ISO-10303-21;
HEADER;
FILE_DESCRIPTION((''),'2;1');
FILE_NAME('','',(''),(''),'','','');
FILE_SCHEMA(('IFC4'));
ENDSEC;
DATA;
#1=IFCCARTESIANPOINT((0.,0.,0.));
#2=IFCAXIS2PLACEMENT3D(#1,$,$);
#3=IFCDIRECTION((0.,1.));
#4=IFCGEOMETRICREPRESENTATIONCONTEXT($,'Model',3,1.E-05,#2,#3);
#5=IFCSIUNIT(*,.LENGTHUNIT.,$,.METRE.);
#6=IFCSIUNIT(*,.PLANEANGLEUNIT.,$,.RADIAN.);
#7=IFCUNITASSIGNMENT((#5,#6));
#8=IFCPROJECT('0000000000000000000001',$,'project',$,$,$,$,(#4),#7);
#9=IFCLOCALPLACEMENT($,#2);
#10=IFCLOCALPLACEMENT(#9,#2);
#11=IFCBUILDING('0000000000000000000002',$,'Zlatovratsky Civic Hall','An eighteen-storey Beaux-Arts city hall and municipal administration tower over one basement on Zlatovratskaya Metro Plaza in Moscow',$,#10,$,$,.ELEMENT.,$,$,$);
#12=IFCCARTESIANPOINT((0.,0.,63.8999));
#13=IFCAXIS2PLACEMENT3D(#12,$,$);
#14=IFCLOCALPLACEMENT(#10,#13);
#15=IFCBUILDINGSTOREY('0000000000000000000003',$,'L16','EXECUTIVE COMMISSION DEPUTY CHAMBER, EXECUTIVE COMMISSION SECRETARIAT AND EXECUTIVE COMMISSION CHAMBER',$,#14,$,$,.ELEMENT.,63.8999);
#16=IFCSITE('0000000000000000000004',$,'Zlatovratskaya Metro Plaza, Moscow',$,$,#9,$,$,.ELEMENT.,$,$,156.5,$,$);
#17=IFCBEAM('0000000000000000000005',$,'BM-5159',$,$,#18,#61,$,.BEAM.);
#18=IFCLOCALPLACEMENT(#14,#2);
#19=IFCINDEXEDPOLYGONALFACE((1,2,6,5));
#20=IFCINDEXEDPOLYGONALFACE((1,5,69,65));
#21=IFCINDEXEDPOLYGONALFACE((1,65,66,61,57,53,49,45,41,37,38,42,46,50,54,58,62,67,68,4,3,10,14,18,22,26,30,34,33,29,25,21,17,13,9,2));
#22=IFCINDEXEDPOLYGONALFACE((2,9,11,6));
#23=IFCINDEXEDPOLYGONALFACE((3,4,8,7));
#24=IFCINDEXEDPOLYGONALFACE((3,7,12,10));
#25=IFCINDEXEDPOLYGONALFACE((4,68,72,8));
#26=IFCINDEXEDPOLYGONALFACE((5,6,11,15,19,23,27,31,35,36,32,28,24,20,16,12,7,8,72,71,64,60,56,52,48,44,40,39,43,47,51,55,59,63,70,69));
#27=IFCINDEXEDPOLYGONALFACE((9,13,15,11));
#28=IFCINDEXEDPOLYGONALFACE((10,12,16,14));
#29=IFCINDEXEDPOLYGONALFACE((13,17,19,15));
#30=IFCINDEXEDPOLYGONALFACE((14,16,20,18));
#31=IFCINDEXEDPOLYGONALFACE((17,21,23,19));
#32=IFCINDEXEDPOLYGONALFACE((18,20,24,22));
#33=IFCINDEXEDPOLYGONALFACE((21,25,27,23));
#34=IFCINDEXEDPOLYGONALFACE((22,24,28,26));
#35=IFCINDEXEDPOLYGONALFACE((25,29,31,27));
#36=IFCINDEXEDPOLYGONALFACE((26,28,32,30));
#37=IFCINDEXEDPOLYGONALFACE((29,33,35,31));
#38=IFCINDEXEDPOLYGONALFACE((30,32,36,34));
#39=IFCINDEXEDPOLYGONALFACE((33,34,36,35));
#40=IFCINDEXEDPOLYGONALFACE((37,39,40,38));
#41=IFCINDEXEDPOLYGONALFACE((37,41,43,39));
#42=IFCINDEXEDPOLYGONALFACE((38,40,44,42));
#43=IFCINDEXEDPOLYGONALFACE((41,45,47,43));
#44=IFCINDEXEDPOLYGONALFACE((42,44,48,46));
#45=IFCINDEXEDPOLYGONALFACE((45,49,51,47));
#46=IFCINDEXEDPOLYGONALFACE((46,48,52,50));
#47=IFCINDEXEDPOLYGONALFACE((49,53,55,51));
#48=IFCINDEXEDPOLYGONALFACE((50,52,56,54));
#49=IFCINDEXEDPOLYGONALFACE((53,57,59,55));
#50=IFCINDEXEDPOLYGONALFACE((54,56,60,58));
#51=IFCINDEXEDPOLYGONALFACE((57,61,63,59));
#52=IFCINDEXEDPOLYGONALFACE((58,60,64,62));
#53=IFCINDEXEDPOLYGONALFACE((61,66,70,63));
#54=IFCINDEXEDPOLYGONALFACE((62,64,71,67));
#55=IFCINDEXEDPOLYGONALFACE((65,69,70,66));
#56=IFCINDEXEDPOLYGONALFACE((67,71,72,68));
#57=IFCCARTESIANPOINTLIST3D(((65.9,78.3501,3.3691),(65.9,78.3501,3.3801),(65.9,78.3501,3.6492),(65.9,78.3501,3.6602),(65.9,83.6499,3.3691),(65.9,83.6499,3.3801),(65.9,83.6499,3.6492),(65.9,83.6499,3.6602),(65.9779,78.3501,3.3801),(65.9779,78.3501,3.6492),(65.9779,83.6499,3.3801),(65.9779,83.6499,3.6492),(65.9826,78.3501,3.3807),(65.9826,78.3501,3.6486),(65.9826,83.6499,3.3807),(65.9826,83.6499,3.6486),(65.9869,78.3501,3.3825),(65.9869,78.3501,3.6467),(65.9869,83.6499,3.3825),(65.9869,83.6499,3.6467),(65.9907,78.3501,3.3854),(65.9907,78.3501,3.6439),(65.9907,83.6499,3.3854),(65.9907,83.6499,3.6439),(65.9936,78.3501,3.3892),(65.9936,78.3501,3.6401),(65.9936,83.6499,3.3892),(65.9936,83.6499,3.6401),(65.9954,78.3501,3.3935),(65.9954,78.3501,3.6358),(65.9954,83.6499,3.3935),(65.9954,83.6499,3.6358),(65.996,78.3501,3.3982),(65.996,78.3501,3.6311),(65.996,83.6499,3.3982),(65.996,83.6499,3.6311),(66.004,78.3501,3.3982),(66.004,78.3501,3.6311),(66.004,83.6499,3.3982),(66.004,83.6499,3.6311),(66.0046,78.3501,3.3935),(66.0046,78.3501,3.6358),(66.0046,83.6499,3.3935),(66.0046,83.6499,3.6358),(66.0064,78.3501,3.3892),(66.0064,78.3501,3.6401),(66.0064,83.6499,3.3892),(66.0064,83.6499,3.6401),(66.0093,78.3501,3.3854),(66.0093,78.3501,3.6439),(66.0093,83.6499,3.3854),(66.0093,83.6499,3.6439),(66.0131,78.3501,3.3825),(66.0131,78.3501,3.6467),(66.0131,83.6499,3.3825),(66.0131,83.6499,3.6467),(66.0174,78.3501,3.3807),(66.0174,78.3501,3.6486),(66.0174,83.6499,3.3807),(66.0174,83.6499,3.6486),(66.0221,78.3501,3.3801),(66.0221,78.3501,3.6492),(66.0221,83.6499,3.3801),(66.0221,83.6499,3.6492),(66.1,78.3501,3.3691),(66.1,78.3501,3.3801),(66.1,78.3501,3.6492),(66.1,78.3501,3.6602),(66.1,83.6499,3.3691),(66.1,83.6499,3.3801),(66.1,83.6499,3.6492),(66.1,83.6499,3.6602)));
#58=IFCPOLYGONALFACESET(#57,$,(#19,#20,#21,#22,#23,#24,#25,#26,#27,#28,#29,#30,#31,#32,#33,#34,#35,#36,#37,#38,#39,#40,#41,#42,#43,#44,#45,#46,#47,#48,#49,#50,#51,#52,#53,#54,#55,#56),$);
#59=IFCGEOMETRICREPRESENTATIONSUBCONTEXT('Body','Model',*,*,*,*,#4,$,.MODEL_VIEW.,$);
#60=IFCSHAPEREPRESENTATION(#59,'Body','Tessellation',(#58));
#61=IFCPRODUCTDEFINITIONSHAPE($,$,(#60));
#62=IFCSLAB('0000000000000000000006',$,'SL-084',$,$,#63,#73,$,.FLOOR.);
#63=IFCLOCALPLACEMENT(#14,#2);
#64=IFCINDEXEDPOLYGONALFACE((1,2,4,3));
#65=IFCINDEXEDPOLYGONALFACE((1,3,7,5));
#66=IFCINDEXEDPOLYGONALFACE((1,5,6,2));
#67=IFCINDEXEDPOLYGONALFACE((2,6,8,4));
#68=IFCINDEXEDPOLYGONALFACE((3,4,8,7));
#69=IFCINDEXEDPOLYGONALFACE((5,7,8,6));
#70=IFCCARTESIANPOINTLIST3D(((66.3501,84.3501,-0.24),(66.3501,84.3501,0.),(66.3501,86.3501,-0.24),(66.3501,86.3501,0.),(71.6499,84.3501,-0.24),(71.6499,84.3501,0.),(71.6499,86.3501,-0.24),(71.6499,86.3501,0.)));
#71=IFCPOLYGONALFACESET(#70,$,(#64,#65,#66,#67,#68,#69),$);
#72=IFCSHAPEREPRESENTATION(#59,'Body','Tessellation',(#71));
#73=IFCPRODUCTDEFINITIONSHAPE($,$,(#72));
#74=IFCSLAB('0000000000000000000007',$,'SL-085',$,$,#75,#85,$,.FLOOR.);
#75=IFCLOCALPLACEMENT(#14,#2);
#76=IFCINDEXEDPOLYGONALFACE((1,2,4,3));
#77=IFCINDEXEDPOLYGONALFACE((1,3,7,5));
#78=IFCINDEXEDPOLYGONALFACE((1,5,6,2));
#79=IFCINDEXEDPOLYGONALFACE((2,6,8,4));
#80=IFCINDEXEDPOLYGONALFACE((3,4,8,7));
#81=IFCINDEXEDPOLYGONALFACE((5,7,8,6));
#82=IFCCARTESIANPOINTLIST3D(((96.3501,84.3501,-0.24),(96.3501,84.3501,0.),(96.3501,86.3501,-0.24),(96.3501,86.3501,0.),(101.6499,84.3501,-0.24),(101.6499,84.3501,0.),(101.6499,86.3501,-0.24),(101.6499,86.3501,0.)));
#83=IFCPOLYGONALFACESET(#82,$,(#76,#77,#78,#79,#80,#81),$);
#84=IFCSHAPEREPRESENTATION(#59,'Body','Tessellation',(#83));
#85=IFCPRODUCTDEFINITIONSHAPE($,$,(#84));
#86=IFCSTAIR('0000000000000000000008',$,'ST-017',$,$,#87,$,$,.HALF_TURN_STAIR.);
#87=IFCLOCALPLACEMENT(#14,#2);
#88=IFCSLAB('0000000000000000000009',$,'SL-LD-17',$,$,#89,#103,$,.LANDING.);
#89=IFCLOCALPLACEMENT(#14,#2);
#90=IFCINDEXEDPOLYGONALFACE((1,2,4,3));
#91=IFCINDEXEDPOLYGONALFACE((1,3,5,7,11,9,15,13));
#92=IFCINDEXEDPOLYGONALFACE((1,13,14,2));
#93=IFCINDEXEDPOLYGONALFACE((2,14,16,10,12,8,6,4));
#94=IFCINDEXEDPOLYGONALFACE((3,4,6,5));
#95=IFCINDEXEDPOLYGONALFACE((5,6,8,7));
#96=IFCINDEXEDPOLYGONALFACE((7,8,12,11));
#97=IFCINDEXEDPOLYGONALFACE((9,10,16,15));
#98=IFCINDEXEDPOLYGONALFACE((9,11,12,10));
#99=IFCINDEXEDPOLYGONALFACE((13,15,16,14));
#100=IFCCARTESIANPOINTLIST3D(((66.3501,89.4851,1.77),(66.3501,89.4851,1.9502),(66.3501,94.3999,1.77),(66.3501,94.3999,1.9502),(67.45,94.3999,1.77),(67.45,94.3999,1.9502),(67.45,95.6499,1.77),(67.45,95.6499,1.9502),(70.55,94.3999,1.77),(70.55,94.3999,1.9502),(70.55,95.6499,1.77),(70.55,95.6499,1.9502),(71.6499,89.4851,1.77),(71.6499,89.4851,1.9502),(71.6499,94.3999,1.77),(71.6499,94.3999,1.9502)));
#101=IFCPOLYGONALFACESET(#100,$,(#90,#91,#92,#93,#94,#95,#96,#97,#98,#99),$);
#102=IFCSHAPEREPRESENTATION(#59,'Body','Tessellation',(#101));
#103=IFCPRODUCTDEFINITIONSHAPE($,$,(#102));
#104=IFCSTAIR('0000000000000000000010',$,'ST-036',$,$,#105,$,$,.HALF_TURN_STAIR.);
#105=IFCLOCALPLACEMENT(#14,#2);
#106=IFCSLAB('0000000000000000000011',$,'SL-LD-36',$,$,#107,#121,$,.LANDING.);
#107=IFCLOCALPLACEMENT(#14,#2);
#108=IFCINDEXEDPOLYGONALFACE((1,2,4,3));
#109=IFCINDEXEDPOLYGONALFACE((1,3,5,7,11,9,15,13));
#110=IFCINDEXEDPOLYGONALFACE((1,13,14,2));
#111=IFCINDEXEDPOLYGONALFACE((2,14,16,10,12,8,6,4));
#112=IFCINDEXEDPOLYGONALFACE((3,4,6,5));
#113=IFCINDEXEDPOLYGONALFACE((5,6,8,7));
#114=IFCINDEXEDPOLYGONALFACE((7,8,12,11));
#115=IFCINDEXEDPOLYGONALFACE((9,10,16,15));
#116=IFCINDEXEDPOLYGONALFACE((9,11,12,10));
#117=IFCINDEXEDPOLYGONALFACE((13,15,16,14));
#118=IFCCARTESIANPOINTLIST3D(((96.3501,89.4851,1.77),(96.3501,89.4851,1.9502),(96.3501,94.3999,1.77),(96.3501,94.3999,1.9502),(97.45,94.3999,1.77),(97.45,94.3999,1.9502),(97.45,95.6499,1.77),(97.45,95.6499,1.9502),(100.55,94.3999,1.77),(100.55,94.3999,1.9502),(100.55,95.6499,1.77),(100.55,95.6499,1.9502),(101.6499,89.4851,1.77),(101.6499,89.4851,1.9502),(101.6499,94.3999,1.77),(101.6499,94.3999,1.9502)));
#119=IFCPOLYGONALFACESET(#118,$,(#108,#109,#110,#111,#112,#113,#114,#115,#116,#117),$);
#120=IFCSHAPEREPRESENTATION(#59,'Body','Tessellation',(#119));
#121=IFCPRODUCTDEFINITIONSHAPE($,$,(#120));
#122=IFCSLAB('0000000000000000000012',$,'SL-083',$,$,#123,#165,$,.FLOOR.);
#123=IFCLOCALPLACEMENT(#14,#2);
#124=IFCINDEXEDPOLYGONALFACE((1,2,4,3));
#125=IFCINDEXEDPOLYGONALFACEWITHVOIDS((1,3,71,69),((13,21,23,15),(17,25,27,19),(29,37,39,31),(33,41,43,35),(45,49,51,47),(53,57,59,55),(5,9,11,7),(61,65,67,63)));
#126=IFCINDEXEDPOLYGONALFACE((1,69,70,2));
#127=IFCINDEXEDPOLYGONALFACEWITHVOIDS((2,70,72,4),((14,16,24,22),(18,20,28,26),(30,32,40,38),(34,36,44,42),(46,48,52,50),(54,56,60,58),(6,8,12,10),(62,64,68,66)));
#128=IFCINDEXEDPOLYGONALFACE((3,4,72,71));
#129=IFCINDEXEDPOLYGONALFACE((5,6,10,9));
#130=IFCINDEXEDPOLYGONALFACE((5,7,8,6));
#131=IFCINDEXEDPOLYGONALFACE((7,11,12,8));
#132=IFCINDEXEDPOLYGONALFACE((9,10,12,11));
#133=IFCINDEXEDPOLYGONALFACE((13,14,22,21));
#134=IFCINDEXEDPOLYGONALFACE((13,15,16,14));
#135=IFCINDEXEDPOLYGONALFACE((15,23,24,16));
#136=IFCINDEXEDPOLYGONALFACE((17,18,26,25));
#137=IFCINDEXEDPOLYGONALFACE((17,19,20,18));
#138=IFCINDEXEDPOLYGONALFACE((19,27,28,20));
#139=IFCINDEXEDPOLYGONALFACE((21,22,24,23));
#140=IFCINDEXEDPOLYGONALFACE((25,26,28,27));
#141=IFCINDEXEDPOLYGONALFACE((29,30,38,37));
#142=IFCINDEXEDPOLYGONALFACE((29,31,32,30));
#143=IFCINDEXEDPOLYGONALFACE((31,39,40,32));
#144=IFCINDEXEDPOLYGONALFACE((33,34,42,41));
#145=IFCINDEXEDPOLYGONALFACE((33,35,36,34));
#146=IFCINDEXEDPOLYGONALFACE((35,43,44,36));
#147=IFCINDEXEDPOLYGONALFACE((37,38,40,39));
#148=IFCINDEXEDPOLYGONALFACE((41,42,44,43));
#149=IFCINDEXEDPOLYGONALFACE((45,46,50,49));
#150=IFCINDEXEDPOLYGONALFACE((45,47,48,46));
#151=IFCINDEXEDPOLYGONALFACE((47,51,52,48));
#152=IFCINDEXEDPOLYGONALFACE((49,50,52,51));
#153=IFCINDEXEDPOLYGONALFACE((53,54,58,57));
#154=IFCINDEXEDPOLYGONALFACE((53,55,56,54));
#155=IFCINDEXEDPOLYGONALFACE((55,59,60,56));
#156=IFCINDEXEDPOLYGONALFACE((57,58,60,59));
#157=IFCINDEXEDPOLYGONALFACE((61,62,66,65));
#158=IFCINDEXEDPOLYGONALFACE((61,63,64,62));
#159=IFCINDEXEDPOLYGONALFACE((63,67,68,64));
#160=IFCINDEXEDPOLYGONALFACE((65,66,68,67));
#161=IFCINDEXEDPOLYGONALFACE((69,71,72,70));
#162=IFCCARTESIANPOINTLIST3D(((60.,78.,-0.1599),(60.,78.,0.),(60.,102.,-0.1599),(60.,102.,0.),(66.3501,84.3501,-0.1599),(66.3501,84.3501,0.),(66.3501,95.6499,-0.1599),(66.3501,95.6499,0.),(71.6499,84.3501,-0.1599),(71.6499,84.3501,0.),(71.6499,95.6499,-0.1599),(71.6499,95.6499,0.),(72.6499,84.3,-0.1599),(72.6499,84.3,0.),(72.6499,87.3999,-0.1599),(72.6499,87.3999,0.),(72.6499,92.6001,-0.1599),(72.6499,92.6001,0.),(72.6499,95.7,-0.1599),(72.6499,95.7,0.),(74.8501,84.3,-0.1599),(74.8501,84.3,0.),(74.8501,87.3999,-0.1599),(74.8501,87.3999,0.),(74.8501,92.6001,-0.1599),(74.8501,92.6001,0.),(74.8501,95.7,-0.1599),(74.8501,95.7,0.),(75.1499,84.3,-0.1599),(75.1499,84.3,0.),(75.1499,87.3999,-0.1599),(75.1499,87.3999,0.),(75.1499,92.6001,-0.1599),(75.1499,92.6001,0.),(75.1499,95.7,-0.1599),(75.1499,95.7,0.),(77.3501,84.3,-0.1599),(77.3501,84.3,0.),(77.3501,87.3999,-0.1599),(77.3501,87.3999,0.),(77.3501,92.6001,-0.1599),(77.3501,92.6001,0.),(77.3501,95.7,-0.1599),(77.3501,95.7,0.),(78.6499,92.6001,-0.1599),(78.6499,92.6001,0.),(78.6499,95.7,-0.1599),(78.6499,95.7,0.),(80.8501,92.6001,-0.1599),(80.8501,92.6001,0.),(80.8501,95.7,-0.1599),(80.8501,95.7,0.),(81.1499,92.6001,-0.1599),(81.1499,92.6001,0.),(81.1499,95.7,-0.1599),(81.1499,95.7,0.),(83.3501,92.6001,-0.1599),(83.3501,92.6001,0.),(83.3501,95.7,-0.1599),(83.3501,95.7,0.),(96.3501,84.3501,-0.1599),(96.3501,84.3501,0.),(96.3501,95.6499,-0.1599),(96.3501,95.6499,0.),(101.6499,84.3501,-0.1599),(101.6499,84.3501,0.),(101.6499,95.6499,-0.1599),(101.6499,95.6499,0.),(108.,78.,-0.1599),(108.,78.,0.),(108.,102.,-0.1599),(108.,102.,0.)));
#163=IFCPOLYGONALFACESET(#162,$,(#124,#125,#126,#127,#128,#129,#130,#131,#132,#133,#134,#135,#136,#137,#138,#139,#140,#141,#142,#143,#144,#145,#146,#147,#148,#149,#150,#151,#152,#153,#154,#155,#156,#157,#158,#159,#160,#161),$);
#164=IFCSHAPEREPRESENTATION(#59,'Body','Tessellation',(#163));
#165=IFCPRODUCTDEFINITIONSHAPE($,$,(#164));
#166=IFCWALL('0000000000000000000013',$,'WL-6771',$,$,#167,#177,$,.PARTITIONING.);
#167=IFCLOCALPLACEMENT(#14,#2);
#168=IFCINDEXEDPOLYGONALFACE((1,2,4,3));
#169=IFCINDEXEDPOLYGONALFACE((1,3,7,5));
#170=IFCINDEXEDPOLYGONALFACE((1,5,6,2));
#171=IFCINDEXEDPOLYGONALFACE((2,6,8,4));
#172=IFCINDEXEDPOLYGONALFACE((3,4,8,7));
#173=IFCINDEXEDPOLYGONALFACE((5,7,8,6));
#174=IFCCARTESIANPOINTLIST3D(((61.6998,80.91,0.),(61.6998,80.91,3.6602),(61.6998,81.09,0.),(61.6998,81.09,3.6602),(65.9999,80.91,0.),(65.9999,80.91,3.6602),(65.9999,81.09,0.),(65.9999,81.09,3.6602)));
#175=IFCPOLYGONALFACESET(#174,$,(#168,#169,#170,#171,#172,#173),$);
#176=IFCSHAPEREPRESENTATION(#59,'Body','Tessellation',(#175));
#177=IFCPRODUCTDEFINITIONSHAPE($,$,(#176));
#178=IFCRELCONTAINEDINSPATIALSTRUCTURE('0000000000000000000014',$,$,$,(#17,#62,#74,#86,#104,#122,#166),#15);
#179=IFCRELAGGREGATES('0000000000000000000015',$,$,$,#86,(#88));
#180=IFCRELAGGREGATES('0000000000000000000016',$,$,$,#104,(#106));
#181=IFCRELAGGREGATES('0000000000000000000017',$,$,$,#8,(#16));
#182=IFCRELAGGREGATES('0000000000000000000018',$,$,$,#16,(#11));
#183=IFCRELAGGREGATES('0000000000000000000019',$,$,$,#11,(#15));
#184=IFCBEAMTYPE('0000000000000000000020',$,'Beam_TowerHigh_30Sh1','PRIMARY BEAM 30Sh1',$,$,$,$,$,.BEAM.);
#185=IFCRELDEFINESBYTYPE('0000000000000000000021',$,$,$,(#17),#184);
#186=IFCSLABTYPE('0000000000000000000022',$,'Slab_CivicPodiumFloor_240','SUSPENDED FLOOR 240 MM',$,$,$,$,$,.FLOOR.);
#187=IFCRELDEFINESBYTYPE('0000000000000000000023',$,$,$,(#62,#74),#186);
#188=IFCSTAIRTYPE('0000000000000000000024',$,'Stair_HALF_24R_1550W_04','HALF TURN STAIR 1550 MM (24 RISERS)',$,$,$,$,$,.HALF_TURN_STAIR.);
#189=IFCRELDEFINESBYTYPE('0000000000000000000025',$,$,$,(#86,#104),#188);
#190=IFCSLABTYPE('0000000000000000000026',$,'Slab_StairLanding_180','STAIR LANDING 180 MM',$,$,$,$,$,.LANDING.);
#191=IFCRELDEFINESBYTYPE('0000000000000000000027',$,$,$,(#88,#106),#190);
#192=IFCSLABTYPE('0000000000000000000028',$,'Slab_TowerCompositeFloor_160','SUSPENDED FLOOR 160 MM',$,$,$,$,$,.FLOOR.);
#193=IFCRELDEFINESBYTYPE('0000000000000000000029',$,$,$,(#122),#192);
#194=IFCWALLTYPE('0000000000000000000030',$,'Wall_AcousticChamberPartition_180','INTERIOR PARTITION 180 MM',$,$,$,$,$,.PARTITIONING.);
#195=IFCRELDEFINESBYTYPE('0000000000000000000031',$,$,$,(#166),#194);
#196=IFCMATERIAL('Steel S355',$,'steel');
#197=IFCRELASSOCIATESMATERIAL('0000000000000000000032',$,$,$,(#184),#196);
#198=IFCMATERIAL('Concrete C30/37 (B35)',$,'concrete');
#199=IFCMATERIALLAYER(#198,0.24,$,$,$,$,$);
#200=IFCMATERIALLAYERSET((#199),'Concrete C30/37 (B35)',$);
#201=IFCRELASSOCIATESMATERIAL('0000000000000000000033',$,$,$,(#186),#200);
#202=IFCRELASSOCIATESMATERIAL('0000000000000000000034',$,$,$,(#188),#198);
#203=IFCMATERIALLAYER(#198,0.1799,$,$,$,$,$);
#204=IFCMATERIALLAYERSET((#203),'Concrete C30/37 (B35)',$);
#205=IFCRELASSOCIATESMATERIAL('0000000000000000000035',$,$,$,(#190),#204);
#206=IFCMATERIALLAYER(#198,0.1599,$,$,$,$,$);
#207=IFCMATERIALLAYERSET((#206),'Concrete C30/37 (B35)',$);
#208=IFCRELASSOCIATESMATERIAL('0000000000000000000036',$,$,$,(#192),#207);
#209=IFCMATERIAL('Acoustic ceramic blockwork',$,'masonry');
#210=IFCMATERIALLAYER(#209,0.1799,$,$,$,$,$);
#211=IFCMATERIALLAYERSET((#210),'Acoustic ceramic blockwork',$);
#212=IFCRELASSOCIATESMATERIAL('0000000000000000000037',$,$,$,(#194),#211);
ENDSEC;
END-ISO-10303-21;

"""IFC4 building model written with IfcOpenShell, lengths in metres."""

from ifc_helpers import new_model, si_unit, direction, frame, frame_2d, origin, origin_2d, place, context, subcontext, project, spatial, polyline, rectangle, i_section, outline, extrude, material, layer, layer_set, material_profile, profile_set, type_object, element, aggregate, save


model = new_model("IFC4")

# Units and contexts
model_context = context("Model", 3, precision=1e-05, world=origin(), true_north=direction((0.0, 1.0)))
body_context = subcontext(model_context, "Body", "Model", "MODEL_VIEW")
ifc_project = project(units=[si_unit("LENGTHUNIT", "METRE"), si_unit("PLANEANGLEUNIT", "RADIAN")], contexts=[model_context])

# Site, building, storey
site_placement = place(None, origin())
site = spatial("IfcSite", under=ifc_project, at=site_placement, Name="Zlatovratskaya Metro Plaza, Moscow", CompositionType="ELEMENT", RefElevation=156.5)
building_placement = place(site_placement, origin())
building = spatial("IfcBuilding", under=site, at=building_placement, Name="Zlatovratsky Civic Hall", Description="An eighteen-storey Beaux-Arts city hall and municipal administration tower over one basement on Zlatovratskaya Metro Plaza in Moscow", CompositionType="ELEMENT")
storey_placement = place(building_placement, frame((0.0, 0.0, 63.8999)))
storey = spatial("IfcBuildingStorey", under=building, at=storey_placement, Name="L16", Description="EXECUTIVE COMMISSION DEPUTY CHAMBER, EXECUTIVE COMMISSION SECRETARIAT AND EXECUTIVE COMMISSION CHAMBER", CompositionType="ELEMENT", Elevation=63.8999)

# Beam
ifc_material_1 = material(Name="Steel S355", Category="steel")
ifc_material_profile_1 = material_profile(ifc_material_1, i_section(OverallWidth=0.2, OverallDepth=0.291, WebThickness=0.0081, FlangeThickness=0.011, FilletRadius=0.0181, at=origin_2d()), Name="30Sh1")
ifc_profile_set_1 = profile_set([ifc_material_profile_1], Name="Steel S355")
beam_type_1 = type_object("IfcBeamType", Name="Beam_TowerHigh_30Sh1", Description="PRIMARY BEAM 30Sh1", PredefinedType="BEAM", material=ifc_profile_set_1)
beam_placement = place(storey_placement, frame((66.0, 78.3501, 3.5146), z_axis=(0.0, 1.0, 0.0), x_axis=(-1.0, 0.0, 0.0)))
element("IfcBeam", 1, at=beam_placement, inside=storey, type_object=beam_type_1, Name="BM-5159", PredefinedType="BEAM", context=body_context, shape_type="SweptSolid", body=[
    extrude(i_section(OverallWidth=0.2, OverallDepth=0.291, WebThickness=0.0081, FlangeThickness=0.011, FilletRadius=0.0181, at=origin_2d()), origin(), (0.0, 0.0, 1.0), 5.2998),
])

# Slabs
ifc_material_2 = material(Name="Concrete C30/37 (B35)", Category="concrete")
ifc_layer_1 = layer(ifc_material_2, 0.24)
ifc_layer_set_1 = layer_set([ifc_layer_1], Name="Concrete C30/37 (B35)")
slab_type_1 = type_object("IfcSlabType", Name="Slab_CivicPodiumFloor_240", Description="SUSPENDED FLOOR 240 MM", PredefinedType="FLOOR", material=ifc_layer_set_1)
slab_1_placement = place(storey_placement, frame((0.0, 0.0, -0.24)))
element("IfcSlab", 2, at=slab_1_placement, inside=storey, type_object=slab_type_1, Name="SL-084", PredefinedType="FLOOR", context=body_context, shape_type="SweptSolid", body=[
    extrude(outline(polyline([(66.3501, 84.3501), (71.6499, 84.3501), (71.6499, 86.3501), (66.3501, 86.3501), (66.3501, 84.3501)])), origin(), (0.0, 0.0, 1.0), 0.24),
])
slab_2_placement = place(storey_placement, frame((0.0, 0.0, -0.24)))
element("IfcSlab", 3, at=slab_2_placement, inside=storey, type_object=slab_type_1, Name="SL-085", PredefinedType="FLOOR", context=body_context, shape_type="SweptSolid", body=[
    extrude(outline(polyline([(96.3501, 84.3501), (101.6499, 84.3501), (101.6499, 86.3501), (96.3501, 86.3501), (96.3501, 84.3501)])), origin(), (0.0, 0.0, 1.0), 0.24),
])

# Stairs, slabs
stair_type = type_object("IfcStairType", Name="Stair_HALF_24R_1550W_04", Description="HALF TURN STAIR 1550 MM (24 RISERS)", PredefinedType="HALF_TURN_STAIR", material=ifc_material_2)
stair_1_placement = place(storey_placement, origin())
stair_1 = element("IfcStair", 4, at=stair_1_placement, inside=storey, type_object=stair_type, Name="ST-017", PredefinedType="HALF_TURN_STAIR")
ifc_layer_2 = layer(ifc_material_2, 0.1799)
ifc_layer_set_2 = layer_set([ifc_layer_2], Name="Concrete C30/37 (B35)")
slab_type_2 = type_object("IfcSlabType", Name="Slab_StairLanding_180", Description="STAIR LANDING 180 MM", PredefinedType="LANDING", material=ifc_layer_set_2)
slab_3_placement = place(storey_placement, frame((0.0, 0.0, 1.77)))
slab_3 = element("IfcSlab", 5, at=slab_3_placement, type_object=slab_type_2, Name="SL-LD-17", PredefinedType="LANDING", context=body_context, shape_type="SweptSolid", body=[
    extrude(outline(polyline([(66.3501, 89.4851), (71.6499, 89.4851), (71.6499, 94.3999), (70.55, 94.3999), (70.55, 95.6499), (67.45, 95.6499), (67.45, 94.3999), (66.3501, 94.3999), (66.3501, 89.4851)])), origin(), (0.0, 0.0, 1.0), 0.1802),
])
aggregate(stair_1, [slab_3])
stair_2_placement = place(storey_placement, origin())
stair_2 = element("IfcStair", 6, at=stair_2_placement, inside=storey, type_object=stair_type, Name="ST-036", PredefinedType="HALF_TURN_STAIR")
slab_4_placement = place(storey_placement, frame((0.0, 0.0, 1.77)))
slab_4 = element("IfcSlab", 7, at=slab_4_placement, type_object=slab_type_2, Name="SL-LD-36", PredefinedType="LANDING", context=body_context, shape_type="SweptSolid", body=[
    extrude(outline(polyline([(96.3501, 89.4851), (101.6499, 89.4851), (101.6499, 94.3999), (100.55, 94.3999), (100.55, 95.6499), (97.45, 95.6499), (97.45, 94.3999), (96.3501, 94.3999), (96.3501, 89.4851)])), origin(), (0.0, 0.0, 1.0), 0.1802),
])
aggregate(stair_2, [slab_4])

# Slab
ifc_layer_3 = layer(ifc_material_2, 0.1599)
ifc_layer_set_3 = layer_set([ifc_layer_3], Name="Concrete C30/37 (B35)")
slab_type_3 = type_object("IfcSlabType", Name="Slab_TowerCompositeFloor_160", Description="SUSPENDED FLOOR 160 MM", PredefinedType="FLOOR", material=ifc_layer_set_3)
slab_5_placement = place(storey_placement, frame((0.0, 0.0, -0.1599)))
element("IfcSlab", 8, at=slab_5_placement, inside=storey, type_object=slab_type_3, Name="SL-083", PredefinedType="FLOOR", context=body_context, shape_type="SweptSolid", body=[
    extrude(outline(polyline([(60.0, 78.0), (108.0, 78.0), (108.0, 102.0), (60.0, 102.0), (60.0, 78.0)]), holes=[polyline([(66.3501, 84.3501), (71.6499, 84.3501), (71.6499, 95.6499), (66.3501, 95.6499), (66.3501, 84.3501)]), polyline([(96.3501, 84.3501), (101.6499, 84.3501), (101.6499, 95.6499), (96.3501, 95.6499), (96.3501, 84.3501)]), polyline([(72.6499, 84.3), (74.8501, 84.3), (74.8501, 87.3999), (72.6499, 87.3999), (72.6499, 84.3)]), polyline([(75.1499, 84.3), (77.3501, 84.3), (77.3501, 87.3999), (75.1499, 87.3999), (75.1499, 84.3)]), polyline([(72.6499, 92.6001), (74.8501, 92.6001), (74.8501, 95.7), (72.6499, 95.7), (72.6499, 92.6001)]), polyline([(75.1499, 92.6001), (77.3501, 92.6001), (77.3501, 95.7), (75.1499, 95.7), (75.1499, 92.6001)]), polyline([(78.6499, 92.6001), (80.8501, 92.6001), (80.8501, 95.7), (78.6499, 95.7), (78.6499, 92.6001)]), polyline([(81.1499, 92.6001), (83.3501, 92.6001), (83.3501, 95.7), (81.1499, 95.7), (81.1499, 92.6001)])]), origin(), (0.0, 0.0, 1.0), 0.1599),
])

# Wall
ifc_material_3 = material(Name="Acoustic ceramic blockwork", Category="masonry")
ifc_layer_4 = layer(ifc_material_3, 0.1799)
ifc_layer_set_4 = layer_set([ifc_layer_4], Name="Acoustic ceramic blockwork")
wall_type_1 = type_object("IfcWallType", Name="Wall_AcousticChamberPartition_180", Description="INTERIOR PARTITION 180 MM", PredefinedType="PARTITIONING", material=ifc_layer_set_4)
wall_1_placement = place(storey_placement, frame((61.7, 81.0, 0.0), z_axis=(0.0, 0.0, 1.0), x_axis=(1.0, 0.0, 0.0)))
element("IfcWall", 9, at=wall_1_placement, inside=storey, type_object=wall_type_1, Name="WL-6771", PredefinedType="PARTITIONING", context=body_context, shape_type="SweptSolid", body=[
    extrude(rectangle(XDim=4.3, YDim=0.1799, at=frame_2d((2.1499, 0.0))), origin(), (0.0, 0.0, 1.0), 3.6602),
])

save(model, "model.ifc")
